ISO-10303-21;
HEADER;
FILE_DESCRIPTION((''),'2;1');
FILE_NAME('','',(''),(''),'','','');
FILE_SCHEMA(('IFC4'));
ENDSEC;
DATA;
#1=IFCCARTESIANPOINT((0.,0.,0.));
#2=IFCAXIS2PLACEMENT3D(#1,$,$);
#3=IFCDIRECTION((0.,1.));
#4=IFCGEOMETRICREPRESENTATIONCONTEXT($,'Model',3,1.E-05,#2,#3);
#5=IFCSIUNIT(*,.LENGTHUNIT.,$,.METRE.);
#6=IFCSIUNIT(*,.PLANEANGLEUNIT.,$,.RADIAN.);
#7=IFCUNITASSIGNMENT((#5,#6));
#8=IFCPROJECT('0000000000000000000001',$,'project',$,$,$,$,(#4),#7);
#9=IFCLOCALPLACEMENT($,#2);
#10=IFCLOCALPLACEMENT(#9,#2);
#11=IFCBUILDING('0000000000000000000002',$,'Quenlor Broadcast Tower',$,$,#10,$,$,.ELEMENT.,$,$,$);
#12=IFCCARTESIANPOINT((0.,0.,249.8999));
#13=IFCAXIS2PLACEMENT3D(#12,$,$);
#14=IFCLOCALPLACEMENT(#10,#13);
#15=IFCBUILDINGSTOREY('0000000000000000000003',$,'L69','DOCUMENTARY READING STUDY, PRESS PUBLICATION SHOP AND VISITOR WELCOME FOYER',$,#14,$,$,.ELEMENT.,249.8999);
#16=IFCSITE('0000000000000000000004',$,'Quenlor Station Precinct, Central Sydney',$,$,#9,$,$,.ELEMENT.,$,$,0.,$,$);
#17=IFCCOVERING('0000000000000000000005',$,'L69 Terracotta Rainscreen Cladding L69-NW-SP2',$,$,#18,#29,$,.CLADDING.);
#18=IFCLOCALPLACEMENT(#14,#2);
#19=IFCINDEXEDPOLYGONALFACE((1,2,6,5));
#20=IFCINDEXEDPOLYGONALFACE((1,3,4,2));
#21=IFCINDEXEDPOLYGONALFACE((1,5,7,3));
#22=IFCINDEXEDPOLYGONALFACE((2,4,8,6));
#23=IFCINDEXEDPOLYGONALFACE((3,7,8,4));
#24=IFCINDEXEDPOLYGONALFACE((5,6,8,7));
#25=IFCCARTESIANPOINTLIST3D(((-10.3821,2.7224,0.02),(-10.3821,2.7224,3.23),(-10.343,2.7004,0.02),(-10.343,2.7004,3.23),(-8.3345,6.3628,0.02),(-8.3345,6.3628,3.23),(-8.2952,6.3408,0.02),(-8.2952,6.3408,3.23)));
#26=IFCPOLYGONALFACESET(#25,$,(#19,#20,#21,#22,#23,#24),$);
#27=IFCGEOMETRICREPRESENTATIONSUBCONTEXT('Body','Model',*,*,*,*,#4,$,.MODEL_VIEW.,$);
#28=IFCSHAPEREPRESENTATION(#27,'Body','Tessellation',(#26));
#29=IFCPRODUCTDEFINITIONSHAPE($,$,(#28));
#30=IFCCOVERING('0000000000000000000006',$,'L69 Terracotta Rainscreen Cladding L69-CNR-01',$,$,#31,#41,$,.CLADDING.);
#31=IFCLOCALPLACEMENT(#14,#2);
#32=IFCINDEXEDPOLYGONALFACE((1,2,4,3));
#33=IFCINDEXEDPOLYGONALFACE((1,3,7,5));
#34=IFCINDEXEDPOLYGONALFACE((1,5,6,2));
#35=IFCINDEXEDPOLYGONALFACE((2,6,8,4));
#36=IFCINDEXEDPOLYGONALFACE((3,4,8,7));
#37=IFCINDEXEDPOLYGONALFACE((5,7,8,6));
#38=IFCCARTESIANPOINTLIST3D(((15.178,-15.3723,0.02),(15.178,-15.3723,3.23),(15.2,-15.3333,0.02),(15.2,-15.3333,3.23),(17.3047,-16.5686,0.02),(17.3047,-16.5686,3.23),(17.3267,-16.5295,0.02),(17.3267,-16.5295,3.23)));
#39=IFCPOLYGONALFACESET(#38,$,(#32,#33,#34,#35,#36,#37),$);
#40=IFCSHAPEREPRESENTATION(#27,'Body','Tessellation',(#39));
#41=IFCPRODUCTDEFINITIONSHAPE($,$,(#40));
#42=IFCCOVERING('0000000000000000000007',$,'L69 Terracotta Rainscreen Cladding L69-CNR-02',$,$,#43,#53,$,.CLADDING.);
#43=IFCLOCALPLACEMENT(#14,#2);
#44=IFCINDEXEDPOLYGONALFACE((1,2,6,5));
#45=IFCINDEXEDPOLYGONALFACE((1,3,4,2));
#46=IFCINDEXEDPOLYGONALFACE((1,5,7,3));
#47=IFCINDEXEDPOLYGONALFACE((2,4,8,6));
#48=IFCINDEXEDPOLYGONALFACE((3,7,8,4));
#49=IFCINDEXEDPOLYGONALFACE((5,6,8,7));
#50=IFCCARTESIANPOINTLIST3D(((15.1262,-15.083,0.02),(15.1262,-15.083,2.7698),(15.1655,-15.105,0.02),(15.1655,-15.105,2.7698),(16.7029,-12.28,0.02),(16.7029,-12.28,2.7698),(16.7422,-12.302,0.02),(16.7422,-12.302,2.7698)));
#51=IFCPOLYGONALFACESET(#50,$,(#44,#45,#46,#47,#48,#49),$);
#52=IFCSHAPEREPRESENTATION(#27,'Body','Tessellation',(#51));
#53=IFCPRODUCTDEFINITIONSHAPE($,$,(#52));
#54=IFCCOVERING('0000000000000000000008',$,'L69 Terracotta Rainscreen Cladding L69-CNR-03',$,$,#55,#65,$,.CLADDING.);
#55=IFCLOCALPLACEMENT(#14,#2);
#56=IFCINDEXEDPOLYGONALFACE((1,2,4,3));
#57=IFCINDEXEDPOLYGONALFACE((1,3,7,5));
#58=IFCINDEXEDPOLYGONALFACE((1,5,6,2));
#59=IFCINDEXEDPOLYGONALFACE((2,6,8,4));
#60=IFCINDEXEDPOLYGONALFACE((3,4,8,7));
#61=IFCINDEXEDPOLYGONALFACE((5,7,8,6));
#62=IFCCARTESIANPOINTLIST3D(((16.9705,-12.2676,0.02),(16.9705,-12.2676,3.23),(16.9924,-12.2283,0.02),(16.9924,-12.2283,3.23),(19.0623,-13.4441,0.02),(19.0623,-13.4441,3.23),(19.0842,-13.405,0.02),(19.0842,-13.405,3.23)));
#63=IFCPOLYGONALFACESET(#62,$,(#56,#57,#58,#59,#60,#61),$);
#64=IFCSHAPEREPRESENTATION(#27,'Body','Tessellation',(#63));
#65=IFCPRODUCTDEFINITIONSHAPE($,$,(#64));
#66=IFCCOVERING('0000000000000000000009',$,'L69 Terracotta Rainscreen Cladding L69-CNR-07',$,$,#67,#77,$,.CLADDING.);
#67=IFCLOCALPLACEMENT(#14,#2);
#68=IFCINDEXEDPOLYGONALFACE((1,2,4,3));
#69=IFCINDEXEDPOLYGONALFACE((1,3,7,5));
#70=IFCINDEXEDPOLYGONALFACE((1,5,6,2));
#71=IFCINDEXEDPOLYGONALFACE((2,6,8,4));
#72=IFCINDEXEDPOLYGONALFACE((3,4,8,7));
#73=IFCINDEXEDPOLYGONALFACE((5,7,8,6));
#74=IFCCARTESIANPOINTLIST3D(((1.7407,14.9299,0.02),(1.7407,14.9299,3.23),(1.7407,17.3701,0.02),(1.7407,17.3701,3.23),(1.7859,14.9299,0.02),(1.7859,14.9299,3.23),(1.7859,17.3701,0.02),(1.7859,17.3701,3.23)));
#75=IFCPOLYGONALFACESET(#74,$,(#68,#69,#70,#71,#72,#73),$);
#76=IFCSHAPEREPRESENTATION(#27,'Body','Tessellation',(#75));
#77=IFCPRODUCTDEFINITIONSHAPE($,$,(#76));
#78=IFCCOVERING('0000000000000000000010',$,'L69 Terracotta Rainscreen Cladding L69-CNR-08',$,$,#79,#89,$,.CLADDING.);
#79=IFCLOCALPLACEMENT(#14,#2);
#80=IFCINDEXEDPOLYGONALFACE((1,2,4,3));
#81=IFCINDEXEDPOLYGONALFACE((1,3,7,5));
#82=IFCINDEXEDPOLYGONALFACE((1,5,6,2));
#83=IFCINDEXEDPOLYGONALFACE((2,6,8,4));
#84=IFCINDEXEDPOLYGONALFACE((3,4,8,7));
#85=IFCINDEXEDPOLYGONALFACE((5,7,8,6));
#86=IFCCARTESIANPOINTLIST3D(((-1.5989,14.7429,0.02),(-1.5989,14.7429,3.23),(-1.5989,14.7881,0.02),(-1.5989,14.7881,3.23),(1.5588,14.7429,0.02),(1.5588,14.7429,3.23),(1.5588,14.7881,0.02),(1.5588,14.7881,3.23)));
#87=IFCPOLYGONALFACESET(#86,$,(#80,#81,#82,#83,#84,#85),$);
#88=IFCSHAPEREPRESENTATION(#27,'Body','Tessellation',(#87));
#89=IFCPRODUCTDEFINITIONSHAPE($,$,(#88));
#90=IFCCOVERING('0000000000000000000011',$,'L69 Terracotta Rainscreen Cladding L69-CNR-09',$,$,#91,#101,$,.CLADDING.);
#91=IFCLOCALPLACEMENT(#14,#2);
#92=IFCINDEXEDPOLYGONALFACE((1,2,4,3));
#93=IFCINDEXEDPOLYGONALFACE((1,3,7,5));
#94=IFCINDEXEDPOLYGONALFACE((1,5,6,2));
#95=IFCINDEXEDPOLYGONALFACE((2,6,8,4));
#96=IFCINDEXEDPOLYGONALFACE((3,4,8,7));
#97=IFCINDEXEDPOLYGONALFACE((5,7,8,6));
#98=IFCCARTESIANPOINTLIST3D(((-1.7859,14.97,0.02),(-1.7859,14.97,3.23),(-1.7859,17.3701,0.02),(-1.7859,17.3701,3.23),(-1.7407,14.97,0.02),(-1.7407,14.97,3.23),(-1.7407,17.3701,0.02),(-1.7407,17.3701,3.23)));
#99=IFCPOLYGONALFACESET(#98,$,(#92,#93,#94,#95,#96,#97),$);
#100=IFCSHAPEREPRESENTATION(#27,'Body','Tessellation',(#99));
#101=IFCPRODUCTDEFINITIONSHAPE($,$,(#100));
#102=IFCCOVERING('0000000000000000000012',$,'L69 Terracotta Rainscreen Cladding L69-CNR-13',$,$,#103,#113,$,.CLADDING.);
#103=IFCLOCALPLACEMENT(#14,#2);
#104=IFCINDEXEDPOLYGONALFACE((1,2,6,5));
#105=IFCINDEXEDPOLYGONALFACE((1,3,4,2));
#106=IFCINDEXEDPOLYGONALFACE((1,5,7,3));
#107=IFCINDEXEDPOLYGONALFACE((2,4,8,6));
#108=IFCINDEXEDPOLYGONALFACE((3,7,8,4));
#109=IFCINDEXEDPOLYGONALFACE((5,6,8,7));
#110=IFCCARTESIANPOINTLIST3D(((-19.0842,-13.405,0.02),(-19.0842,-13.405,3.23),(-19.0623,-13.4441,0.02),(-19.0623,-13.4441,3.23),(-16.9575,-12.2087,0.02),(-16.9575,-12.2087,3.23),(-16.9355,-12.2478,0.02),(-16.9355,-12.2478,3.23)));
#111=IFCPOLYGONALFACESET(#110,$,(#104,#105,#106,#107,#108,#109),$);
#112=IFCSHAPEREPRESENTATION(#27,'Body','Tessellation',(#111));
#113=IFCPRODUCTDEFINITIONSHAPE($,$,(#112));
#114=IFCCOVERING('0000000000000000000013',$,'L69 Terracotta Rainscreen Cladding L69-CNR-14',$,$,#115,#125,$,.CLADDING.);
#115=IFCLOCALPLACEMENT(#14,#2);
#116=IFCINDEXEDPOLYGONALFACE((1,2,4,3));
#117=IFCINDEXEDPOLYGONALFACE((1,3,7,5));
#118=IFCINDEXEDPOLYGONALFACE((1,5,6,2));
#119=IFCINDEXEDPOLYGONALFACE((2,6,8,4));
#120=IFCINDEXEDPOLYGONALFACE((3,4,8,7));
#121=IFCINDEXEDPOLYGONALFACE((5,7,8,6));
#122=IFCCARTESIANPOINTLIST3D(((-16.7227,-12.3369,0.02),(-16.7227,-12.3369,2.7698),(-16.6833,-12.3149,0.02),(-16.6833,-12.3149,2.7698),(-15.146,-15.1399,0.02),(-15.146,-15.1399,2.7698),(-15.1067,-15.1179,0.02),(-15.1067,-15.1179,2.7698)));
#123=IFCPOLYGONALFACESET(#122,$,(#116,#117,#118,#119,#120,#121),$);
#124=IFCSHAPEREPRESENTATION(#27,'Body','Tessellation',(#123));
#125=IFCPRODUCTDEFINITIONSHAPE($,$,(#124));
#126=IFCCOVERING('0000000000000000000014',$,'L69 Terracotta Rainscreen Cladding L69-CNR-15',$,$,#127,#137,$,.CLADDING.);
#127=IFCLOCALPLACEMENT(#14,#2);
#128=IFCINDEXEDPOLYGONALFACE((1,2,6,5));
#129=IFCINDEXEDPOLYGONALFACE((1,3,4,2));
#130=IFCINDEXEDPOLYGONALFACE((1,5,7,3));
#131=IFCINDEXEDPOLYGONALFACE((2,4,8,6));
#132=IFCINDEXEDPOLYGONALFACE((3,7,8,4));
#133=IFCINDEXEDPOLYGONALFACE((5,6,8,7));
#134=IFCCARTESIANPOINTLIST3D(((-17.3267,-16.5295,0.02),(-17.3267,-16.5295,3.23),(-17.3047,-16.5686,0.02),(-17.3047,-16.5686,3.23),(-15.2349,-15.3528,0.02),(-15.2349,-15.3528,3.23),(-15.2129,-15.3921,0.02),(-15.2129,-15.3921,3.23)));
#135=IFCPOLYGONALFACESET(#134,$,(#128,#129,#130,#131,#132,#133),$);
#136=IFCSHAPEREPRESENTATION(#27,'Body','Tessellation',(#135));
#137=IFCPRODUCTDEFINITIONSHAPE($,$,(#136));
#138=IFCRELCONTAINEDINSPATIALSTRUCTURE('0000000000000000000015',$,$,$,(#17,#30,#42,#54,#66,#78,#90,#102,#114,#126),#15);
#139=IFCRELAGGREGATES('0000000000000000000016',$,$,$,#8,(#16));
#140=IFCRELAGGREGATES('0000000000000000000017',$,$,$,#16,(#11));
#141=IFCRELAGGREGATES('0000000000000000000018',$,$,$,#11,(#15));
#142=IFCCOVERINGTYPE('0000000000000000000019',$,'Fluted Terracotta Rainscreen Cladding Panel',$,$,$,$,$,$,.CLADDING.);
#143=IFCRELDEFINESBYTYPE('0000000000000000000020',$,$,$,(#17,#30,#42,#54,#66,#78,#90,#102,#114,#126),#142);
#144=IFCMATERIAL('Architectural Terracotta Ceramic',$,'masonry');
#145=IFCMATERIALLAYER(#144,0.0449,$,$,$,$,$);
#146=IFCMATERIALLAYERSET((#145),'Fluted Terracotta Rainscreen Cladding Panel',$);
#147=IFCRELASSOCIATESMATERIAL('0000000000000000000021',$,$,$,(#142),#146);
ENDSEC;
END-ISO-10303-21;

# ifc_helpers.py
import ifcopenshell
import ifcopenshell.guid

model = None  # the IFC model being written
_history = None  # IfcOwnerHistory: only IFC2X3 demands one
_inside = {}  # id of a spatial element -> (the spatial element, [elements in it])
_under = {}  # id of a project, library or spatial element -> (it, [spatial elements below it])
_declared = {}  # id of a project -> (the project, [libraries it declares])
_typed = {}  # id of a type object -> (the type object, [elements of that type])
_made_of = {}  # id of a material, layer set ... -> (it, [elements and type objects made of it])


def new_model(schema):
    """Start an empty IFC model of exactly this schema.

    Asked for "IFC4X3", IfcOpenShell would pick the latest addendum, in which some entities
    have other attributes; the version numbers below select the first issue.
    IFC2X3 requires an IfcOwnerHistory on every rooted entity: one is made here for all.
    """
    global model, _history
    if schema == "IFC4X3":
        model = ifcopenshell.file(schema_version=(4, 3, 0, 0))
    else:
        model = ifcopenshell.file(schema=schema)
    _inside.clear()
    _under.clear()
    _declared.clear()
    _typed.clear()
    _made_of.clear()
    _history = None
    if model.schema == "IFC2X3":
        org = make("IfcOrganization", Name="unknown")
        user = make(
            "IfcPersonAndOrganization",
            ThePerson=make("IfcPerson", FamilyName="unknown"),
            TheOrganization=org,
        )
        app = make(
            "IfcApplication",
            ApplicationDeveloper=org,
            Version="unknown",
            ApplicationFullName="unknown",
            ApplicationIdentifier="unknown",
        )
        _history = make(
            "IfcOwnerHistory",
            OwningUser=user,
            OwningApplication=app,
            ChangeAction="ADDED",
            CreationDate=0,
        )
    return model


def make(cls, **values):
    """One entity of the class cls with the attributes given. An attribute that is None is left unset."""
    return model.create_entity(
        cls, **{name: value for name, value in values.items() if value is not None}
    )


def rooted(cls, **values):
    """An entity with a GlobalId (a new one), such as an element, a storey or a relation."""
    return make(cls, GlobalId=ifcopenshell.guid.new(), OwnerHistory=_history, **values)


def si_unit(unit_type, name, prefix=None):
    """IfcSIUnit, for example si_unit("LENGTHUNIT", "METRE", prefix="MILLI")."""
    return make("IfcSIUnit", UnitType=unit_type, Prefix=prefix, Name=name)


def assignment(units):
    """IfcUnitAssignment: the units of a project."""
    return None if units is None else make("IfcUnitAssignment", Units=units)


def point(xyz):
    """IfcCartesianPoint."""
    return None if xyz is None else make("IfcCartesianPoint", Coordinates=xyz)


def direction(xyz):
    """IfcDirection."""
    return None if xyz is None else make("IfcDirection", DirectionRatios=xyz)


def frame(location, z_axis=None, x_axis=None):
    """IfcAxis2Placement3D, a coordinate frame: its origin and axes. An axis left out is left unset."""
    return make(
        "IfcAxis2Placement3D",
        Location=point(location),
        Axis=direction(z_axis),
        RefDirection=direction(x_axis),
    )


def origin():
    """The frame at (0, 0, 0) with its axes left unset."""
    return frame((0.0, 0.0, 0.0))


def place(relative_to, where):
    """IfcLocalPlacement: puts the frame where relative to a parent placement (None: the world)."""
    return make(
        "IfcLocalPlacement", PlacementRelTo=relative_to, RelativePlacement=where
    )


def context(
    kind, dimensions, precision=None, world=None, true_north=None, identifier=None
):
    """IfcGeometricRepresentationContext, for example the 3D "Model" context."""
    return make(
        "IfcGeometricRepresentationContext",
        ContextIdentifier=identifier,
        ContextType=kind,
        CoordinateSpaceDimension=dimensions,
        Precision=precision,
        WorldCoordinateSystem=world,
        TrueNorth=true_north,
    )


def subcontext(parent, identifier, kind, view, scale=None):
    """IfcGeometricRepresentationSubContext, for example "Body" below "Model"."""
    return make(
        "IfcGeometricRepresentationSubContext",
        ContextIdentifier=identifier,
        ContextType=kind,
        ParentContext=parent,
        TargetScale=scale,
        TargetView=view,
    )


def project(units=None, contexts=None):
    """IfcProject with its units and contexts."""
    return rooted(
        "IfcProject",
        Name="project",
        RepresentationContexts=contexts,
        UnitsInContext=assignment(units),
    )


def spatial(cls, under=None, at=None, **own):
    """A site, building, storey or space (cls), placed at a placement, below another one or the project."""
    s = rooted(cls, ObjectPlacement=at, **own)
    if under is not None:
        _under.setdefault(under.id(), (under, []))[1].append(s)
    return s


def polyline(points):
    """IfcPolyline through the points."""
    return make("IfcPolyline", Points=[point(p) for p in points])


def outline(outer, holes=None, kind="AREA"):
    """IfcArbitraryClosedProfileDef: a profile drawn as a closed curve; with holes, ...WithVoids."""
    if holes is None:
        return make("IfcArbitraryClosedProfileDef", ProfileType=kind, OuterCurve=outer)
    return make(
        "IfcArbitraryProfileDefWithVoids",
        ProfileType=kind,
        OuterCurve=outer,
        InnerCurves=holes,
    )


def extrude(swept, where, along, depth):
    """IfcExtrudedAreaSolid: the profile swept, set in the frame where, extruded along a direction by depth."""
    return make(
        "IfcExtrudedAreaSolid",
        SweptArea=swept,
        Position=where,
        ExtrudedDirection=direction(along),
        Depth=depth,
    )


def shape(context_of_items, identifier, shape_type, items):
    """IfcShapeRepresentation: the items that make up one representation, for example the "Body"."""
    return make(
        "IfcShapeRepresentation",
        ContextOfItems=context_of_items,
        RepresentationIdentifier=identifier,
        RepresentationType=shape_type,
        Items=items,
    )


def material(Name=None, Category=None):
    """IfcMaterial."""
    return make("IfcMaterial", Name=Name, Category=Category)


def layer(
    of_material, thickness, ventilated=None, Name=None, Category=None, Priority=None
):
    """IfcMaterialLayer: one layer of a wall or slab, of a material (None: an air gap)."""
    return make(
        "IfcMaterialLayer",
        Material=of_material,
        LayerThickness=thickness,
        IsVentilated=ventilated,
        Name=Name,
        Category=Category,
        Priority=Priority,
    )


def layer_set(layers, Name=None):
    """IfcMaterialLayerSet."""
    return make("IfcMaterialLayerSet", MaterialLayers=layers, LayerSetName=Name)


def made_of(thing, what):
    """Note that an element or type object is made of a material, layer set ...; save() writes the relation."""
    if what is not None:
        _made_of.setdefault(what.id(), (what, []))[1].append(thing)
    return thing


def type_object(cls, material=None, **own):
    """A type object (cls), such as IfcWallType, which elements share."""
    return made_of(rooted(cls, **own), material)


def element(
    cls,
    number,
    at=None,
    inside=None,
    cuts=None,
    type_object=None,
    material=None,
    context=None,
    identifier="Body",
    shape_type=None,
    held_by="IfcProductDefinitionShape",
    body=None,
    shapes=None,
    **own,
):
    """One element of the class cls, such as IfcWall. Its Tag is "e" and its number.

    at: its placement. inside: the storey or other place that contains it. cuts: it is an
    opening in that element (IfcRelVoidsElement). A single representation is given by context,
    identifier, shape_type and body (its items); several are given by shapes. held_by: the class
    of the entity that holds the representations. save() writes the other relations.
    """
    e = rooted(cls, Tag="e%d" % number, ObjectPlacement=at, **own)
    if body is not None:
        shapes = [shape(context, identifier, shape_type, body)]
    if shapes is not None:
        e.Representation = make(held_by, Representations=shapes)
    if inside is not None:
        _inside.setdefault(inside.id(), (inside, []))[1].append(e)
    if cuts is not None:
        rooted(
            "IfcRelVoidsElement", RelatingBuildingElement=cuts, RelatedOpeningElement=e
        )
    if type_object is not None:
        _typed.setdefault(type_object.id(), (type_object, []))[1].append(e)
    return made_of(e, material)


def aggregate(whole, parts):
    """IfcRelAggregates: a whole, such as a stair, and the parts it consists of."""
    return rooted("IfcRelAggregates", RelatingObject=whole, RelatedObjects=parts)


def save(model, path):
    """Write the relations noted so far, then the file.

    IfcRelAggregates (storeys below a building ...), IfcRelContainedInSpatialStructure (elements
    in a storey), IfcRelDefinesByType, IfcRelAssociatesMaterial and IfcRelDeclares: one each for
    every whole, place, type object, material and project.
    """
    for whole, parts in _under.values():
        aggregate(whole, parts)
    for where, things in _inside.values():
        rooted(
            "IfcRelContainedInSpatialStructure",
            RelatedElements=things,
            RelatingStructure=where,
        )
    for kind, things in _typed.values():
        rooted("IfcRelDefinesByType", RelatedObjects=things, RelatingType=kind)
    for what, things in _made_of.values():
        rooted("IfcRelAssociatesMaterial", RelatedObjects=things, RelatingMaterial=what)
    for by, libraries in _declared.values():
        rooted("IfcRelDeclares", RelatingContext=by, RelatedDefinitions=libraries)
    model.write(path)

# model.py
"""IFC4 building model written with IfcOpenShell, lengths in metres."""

from ifc_helpers import new_model, si_unit, direction, frame, origin, place, context, subcontext, project, spatial, polyline, outline, extrude, material, layer, layer_set, type_object, element, save


model = new_model("IFC4")

# Units and contexts
model_context = context("Model", 3, precision=1e-05, world=origin(), true_north=direction((0.0, 1.0)))
body_context = subcontext(model_context, "Body", "Model", "MODEL_VIEW")
ifc_project = project(units=[si_unit("LENGTHUNIT", "METRE"), si_unit("PLANEANGLEUNIT", "RADIAN")], contexts=[model_context])

# Site, building, storey
site_placement = place(None, origin())
site = spatial("IfcSite", under=ifc_project, at=site_placement, Name="Quenlor Station Precinct, Central Sydney", CompositionType="ELEMENT", RefElevation=0.0)
building_placement = place(site_placement, origin())
building = spatial("IfcBuilding", under=site, at=building_placement, Name="Quenlor Broadcast Tower", CompositionType="ELEMENT")
storey_placement = place(building_placement, frame((0.0, 0.0, 249.8999)))
storey = spatial("IfcBuildingStorey", under=building, at=storey_placement, Name="L69", Description="DOCUMENTARY READING STUDY, PRESS PUBLICATION SHOP AND VISITOR WELCOME FOYER", CompositionType="ELEMENT", Elevation=249.8999)

# Coverings
ifc_material_1 = material(Name="Architectural Terracotta Ceramic", Category="masonry")
ifc_layer_1 = layer(ifc_material_1, 0.0449)
ifc_layer_set_1 = layer_set([ifc_layer_1], Name="Fluted Terracotta Rainscreen Cladding Panel")
covering_type_1 = type_object("IfcCoveringType", Name="Fluted Terracotta Rainscreen Cladding Panel", PredefinedType="CLADDING", material=ifc_layer_set_1)
covering_1_placement = place(storey_placement, frame((0.0, 0.0, 0.02)))
element("IfcCovering", 1, at=covering_1_placement, inside=storey, type_object=covering_type_1, Name="L69 Terracotta Rainscreen Cladding L69-NW-SP2", PredefinedType="CLADDING", context=body_context, shape_type="SweptSolid", body=[
    extrude(outline(polyline([(-10.343, 2.7004), (-8.2952, 6.3408), (-8.3345, 6.3628), (-10.3821, 2.7224), (-10.343, 2.7004)])), origin(), (0.0, 0.0, 1.0), 3.21),
])
covering_2_placement = place(storey_placement, frame((0.0, 0.0, 0.02)))
element("IfcCovering", 2, at=covering_2_placement, inside=storey, type_object=covering_type_1, Name="L69 Terracotta Rainscreen Cladding L69-CNR-01", PredefinedType="CLADDING", context=body_context, shape_type="SweptSolid", body=[
    extrude(outline(polyline([(17.3267, -16.5295), (15.2, -15.3333), (15.178, -15.3723), (17.3047, -16.5686), (17.3267, -16.5295)])), origin(), (0.0, 0.0, 1.0), 3.21),
])
covering_3_placement = place(storey_placement, frame((0.0, 0.0, 0.02)))
element("IfcCovering", 3, at=covering_3_placement, inside=storey, type_object=covering_type_1, Name="L69 Terracotta Rainscreen Cladding L69-CNR-02", PredefinedType="CLADDING", context=body_context, shape_type="SweptSolid", body=[
    extrude(outline(polyline([(15.1655, -15.105), (16.7422, -12.302), (16.7029, -12.28), (15.1262, -15.083), (15.1655, -15.105)])), origin(), (0.0, 0.0, 1.0), 2.7498),
])
covering_4_placement = place(storey_placement, frame((0.0, 0.0, 0.02)))
element("IfcCovering", 4, at=covering_4_placement, inside=storey, type_object=covering_type_1, Name="L69 Terracotta Rainscreen Cladding L69-CNR-03", PredefinedType="CLADDING", context=body_context, shape_type="SweptSolid", body=[
    extrude(outline(polyline([(16.9705, -12.2676), (19.0623, -13.4441), (19.0842, -13.405), (16.9924, -12.2283), (16.9705, -12.2676)])), origin(), (0.0, 0.0, 1.0), 3.21),
])
covering_5_placement = place(storey_placement, frame((0.0, 0.0, 0.02)))
element("IfcCovering", 5, at=covering_5_placement, inside=storey, type_object=covering_type_1, Name="L69 Terracotta Rainscreen Cladding L69-CNR-07", PredefinedType="CLADDING", context=body_context, shape_type="SweptSolid", body=[
    extrude(outline(polyline([(1.7407, 17.3701), (1.7407, 14.9299), (1.7859, 14.9299), (1.7859, 17.3701), (1.7407, 17.3701)])), origin(), (0.0, 0.0, 1.0), 3.21),
])
covering_6_placement = place(storey_placement, frame((0.0, 0.0, 0.02)))
element("IfcCovering", 6, at=covering_6_placement, inside=storey, type_object=covering_type_1, Name="L69 Terracotta Rainscreen Cladding L69-CNR-08", PredefinedType="CLADDING", context=body_context, shape_type="SweptSolid", body=[
    extrude(outline(polyline([(1.5588, 14.7881), (-1.5989, 14.7881), (-1.5989, 14.7429), (1.5588, 14.7429), (1.5588, 14.7881)])), origin(), (0.0, 0.0, 1.0), 3.21),
])
covering_7_placement = place(storey_placement, frame((0.0, 0.0, 0.02)))
element("IfcCovering", 7, at=covering_7_placement, inside=storey, type_object=covering_type_1, Name="L69 Terracotta Rainscreen Cladding L69-CNR-09", PredefinedType="CLADDING", context=body_context, shape_type="SweptSolid", body=[
    extrude(outline(polyline([(-1.7407, 14.97), (-1.7407, 17.3701), (-1.7859, 17.3701), (-1.7859, 14.97), (-1.7407, 14.97)])), origin(), (0.0, 0.0, 1.0), 3.21),
])
covering_8_placement = place(storey_placement, frame((0.0, 0.0, 0.02)))
element("IfcCovering", 8, at=covering_8_placement, inside=storey, type_object=covering_type_1, Name="L69 Terracotta Rainscreen Cladding L69-CNR-13", PredefinedType="CLADDING", context=body_context, shape_type="SweptSolid", body=[
    extrude(outline(polyline([(-19.0623, -13.4441), (-16.9355, -12.2478), (-16.9575, -12.2087), (-19.0842, -13.405), (-19.0623, -13.4441)])), origin(), (0.0, 0.0, 1.0), 3.21),
])
covering_9_placement = place(storey_placement, frame((0.0, 0.0, 0.02)))
element("IfcCovering", 9, at=covering_9_placement, inside=storey, type_object=covering_type_1, Name="L69 Terracotta Rainscreen Cladding L69-CNR-14", PredefinedType="CLADDING", context=body_context, shape_type="SweptSolid", body=[
    extrude(outline(polyline([(-16.7227, -12.3369), (-15.146, -15.1399), (-15.1067, -15.1179), (-16.6833, -12.3149), (-16.7227, -12.3369)])), origin(), (0.0, 0.0, 1.0), 2.7498),
])
covering_10_placement = place(storey_placement, frame((0.0, 0.0, 0.02)))
element("IfcCovering", 10, at=covering_10_placement, inside=storey, type_object=covering_type_1, Name="L69 Terracotta Rainscreen Cladding L69-CNR-15", PredefinedType="CLADDING", context=body_context, shape_type="SweptSolid", body=[
    extrude(outline(polyline([(-15.2349, -15.3528), (-17.3267, -16.5295), (-17.3047, -16.5686), (-15.2129, -15.3921), (-15.2349, -15.3528)])), origin(), (0.0, 0.0, 1.0), 3.21),
])

save(model, "model.ifc")
